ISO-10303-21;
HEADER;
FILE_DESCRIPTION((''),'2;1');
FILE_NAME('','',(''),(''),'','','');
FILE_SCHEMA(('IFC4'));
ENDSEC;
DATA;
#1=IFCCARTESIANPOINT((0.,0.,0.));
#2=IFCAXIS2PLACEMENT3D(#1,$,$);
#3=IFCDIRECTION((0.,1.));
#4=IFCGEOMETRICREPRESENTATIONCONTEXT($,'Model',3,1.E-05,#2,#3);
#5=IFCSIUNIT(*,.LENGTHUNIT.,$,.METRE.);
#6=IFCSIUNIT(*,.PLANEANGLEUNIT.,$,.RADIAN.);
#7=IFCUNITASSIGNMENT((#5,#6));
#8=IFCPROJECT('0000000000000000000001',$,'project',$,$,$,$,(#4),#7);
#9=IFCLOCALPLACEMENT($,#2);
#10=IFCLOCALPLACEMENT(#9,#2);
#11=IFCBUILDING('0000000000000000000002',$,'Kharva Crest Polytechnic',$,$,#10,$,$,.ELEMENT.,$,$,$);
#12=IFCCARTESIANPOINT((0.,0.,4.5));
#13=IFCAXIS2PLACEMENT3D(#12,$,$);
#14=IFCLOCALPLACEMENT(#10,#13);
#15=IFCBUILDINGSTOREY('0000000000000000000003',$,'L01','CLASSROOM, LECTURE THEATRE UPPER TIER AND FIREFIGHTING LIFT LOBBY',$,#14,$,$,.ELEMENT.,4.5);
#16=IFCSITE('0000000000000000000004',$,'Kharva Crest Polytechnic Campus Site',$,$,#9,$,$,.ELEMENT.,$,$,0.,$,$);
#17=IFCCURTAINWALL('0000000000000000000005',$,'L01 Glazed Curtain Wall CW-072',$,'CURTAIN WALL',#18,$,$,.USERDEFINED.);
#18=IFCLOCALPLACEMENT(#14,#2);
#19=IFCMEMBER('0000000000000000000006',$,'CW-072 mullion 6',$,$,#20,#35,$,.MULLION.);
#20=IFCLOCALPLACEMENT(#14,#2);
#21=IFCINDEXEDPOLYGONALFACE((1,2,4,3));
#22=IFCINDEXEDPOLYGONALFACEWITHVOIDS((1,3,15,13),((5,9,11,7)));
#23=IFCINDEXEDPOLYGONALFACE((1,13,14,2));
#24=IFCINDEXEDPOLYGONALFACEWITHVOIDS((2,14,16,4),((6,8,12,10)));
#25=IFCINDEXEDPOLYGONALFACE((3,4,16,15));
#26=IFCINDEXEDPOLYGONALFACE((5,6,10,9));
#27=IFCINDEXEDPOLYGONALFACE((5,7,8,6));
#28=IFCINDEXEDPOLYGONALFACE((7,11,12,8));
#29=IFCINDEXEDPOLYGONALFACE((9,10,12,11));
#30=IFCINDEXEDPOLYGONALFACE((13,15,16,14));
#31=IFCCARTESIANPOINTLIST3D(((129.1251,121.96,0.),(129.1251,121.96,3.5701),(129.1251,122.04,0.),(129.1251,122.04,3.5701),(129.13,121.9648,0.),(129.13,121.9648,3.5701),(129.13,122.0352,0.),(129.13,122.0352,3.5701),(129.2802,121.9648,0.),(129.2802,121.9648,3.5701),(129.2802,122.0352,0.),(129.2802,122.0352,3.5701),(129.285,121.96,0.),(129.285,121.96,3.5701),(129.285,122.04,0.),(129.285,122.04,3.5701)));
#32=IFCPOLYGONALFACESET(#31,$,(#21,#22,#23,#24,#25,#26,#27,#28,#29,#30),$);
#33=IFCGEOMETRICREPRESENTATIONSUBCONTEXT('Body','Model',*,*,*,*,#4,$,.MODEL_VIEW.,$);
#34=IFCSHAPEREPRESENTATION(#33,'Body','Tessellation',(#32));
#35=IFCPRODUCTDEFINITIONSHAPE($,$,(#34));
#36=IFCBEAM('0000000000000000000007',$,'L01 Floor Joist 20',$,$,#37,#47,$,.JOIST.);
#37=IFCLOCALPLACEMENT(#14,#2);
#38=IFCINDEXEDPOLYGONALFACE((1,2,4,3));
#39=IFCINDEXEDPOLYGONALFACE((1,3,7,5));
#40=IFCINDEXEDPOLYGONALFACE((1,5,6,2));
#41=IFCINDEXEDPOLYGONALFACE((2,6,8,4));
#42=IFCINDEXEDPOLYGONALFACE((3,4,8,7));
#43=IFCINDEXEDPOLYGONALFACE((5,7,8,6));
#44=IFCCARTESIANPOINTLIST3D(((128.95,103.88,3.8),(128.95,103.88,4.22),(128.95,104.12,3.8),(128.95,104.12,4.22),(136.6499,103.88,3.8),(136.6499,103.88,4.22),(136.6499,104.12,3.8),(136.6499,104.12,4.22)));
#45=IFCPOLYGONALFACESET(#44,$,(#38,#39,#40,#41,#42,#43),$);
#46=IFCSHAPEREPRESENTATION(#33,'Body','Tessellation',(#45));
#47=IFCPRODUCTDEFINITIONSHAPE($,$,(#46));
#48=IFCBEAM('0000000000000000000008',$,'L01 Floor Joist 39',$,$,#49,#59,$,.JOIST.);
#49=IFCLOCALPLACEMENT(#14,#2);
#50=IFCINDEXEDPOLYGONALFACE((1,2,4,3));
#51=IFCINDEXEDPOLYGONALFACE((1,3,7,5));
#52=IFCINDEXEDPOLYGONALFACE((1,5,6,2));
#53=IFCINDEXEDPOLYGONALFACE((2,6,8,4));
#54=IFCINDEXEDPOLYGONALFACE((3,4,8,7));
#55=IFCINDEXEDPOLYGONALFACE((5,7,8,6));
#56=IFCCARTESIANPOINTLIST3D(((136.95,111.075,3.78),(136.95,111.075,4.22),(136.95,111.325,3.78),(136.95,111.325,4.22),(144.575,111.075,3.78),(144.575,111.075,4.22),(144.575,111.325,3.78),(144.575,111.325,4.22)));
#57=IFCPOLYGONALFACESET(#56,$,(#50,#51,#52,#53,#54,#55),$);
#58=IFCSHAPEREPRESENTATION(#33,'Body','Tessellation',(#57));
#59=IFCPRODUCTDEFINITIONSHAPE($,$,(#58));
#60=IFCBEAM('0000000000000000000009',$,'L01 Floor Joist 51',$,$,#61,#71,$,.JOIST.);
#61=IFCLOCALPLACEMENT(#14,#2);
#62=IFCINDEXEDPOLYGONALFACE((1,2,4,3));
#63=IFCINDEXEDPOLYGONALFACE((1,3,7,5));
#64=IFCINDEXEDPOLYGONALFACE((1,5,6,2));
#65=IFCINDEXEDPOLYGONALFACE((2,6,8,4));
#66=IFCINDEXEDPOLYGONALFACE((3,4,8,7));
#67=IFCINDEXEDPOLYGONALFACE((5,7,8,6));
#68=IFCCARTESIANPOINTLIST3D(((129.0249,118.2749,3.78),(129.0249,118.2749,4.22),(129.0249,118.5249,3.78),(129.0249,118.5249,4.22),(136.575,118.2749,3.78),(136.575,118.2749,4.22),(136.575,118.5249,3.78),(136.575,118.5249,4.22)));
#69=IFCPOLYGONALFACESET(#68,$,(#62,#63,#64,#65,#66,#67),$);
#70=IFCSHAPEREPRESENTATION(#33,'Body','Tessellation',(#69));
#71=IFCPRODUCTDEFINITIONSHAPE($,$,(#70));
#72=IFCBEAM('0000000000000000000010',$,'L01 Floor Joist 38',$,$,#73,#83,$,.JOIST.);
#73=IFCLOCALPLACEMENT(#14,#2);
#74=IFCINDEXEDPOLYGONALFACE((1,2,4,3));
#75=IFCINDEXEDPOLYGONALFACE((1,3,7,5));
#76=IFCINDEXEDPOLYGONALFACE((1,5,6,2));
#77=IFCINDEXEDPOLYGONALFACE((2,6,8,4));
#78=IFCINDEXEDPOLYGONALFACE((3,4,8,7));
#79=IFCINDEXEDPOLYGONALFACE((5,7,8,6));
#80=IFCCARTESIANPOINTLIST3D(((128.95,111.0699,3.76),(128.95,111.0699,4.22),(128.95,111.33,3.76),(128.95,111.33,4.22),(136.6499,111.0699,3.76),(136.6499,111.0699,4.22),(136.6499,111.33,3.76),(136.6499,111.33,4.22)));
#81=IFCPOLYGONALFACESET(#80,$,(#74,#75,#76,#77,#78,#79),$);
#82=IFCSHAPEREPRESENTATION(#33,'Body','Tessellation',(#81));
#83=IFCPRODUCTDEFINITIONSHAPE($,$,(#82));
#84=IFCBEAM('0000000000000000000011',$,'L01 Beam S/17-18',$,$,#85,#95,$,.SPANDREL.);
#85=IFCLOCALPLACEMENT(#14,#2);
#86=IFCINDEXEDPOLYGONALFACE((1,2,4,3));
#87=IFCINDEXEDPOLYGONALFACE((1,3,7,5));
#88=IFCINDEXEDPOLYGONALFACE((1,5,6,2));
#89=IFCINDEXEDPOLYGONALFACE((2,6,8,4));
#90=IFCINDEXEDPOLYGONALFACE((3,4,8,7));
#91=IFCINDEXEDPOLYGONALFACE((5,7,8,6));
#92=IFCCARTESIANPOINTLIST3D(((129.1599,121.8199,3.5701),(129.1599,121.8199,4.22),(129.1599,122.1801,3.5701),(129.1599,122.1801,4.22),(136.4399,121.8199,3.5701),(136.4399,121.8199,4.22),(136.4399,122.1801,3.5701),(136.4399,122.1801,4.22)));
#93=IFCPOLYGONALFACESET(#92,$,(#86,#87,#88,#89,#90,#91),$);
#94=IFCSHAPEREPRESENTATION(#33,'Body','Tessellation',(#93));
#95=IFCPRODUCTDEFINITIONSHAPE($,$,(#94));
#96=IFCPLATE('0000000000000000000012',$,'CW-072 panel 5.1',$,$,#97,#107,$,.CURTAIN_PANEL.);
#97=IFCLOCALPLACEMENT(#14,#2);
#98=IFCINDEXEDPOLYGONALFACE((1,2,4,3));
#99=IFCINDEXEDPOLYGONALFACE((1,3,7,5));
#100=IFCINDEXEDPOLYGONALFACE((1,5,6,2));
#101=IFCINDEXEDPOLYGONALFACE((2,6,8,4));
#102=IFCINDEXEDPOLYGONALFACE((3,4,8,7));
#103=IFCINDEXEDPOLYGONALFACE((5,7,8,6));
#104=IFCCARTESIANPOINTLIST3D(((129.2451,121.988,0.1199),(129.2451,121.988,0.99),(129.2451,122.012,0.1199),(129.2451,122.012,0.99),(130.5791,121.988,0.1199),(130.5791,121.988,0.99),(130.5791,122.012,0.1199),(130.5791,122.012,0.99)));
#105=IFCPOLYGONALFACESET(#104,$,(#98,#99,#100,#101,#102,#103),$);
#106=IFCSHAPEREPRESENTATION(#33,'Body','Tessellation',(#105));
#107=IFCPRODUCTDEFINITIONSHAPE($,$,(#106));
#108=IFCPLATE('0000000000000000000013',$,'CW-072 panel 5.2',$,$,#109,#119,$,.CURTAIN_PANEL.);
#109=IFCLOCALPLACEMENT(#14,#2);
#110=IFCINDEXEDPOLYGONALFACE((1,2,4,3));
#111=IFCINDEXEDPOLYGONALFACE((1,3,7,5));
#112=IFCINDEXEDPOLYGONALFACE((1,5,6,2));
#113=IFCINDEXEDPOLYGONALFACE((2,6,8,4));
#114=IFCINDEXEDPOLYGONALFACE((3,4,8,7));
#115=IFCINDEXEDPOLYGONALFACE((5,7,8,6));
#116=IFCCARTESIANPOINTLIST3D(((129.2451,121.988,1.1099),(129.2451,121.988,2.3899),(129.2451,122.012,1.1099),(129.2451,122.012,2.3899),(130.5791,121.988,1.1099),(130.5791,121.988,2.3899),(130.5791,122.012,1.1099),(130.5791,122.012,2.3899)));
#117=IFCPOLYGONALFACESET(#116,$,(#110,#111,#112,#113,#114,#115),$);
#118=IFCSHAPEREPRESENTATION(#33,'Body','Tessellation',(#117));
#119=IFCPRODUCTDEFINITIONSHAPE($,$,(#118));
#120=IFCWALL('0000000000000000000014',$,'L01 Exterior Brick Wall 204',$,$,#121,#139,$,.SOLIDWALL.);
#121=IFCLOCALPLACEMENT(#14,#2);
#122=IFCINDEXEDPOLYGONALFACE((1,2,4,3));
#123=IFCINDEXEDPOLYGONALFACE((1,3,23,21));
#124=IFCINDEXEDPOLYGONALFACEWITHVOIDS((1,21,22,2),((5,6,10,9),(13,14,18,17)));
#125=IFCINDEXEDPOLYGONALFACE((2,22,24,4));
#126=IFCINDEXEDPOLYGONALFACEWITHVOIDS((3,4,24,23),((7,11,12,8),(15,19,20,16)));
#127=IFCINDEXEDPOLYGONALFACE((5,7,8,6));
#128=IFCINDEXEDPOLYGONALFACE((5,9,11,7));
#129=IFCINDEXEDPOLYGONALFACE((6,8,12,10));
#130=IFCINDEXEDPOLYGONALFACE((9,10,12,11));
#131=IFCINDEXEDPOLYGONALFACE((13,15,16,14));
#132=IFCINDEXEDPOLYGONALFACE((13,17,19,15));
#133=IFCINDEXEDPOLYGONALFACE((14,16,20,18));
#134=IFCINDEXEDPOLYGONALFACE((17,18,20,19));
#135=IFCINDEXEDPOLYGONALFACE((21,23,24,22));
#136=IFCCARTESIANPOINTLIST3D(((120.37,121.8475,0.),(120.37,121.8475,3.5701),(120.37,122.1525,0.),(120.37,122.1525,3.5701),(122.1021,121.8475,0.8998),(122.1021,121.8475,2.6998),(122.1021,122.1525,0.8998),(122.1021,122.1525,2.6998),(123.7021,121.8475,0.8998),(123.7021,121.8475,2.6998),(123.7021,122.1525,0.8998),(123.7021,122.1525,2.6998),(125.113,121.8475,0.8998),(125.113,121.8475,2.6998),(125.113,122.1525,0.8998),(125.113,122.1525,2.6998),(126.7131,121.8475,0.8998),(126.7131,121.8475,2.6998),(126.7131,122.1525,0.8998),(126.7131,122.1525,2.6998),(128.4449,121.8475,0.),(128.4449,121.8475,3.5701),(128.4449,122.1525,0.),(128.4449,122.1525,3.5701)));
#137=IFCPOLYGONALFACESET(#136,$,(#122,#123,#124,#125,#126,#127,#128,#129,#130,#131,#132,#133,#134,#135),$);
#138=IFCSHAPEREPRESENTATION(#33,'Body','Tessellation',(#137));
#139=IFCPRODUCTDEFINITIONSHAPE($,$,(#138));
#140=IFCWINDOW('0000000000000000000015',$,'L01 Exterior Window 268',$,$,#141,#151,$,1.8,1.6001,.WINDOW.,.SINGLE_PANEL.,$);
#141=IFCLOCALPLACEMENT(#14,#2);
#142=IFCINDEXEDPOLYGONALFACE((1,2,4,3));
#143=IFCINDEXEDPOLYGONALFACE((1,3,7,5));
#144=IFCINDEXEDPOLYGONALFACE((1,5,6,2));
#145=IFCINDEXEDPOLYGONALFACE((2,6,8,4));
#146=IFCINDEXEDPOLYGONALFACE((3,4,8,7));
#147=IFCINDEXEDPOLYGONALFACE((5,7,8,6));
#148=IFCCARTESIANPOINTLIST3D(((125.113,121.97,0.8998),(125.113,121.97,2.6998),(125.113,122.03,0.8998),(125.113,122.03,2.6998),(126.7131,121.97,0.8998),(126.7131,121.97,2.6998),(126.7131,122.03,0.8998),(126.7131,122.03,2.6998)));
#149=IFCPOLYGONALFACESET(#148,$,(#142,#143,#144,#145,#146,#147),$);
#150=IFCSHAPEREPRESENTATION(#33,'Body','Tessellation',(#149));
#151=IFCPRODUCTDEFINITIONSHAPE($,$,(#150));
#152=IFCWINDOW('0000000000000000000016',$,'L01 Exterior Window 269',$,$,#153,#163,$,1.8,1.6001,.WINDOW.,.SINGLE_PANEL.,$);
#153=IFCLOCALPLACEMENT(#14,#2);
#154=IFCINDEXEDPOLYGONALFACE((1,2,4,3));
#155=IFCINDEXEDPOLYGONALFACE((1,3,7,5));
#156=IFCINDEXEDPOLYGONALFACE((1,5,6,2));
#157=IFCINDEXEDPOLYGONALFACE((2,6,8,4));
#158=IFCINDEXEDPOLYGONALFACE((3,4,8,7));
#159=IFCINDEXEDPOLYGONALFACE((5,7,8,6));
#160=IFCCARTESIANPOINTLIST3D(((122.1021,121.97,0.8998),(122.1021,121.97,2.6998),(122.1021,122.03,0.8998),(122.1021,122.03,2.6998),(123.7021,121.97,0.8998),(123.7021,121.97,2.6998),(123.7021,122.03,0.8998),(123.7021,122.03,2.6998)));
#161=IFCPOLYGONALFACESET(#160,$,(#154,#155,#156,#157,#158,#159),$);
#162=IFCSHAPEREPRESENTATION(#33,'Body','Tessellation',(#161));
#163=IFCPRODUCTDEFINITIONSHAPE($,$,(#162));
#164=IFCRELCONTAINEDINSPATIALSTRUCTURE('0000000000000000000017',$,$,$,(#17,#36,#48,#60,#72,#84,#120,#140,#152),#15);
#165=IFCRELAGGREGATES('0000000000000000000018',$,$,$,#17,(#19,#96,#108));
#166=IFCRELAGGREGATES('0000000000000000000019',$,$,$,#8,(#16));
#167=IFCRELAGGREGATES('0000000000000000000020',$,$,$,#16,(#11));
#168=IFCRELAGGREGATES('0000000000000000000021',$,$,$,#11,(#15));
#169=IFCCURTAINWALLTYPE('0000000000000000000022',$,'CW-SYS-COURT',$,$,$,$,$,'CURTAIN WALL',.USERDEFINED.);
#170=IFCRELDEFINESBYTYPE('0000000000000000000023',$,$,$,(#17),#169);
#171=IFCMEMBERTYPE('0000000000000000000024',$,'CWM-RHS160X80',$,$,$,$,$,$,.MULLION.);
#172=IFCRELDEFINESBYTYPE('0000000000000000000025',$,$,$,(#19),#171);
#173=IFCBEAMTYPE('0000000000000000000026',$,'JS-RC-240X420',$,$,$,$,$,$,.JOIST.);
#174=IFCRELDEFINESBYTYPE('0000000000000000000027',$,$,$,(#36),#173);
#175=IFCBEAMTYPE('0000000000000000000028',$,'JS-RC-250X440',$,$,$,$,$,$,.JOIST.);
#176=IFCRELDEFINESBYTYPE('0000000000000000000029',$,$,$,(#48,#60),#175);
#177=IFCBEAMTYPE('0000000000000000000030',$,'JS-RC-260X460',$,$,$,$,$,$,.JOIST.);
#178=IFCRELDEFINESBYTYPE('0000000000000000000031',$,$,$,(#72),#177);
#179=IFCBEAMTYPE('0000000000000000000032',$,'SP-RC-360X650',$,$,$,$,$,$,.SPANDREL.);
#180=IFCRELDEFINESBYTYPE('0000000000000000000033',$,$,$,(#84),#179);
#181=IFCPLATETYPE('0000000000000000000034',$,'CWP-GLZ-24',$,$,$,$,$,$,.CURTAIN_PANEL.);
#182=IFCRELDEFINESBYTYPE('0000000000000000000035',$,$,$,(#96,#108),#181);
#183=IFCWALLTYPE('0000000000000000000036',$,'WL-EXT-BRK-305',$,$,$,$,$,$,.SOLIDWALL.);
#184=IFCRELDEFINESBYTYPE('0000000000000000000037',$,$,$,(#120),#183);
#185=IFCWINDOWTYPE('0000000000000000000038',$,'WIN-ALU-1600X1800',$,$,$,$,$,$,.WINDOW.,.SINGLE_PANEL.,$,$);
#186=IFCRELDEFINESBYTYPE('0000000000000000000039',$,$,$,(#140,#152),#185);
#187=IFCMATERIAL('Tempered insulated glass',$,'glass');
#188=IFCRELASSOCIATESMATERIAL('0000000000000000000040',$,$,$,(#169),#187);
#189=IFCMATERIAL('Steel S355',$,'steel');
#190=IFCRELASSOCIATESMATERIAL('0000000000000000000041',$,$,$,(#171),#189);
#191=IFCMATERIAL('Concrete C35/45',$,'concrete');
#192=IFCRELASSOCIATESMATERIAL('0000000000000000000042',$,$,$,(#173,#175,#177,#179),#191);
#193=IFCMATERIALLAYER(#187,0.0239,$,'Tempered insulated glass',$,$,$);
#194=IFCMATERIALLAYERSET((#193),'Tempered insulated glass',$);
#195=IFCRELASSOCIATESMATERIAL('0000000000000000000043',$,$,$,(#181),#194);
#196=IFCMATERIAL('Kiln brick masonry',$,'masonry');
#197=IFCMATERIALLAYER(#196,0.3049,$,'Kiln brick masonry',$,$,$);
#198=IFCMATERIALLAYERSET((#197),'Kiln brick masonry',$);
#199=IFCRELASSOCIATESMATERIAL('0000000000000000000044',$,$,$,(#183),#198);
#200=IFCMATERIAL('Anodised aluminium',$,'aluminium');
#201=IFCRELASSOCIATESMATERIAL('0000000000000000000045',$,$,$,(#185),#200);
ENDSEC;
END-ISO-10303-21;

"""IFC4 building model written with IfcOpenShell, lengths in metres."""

from ifc_helpers import new_model, si_unit, direction, frame, frame_2d, origin, origin_2d, place, context, subcontext, project, spatial, rectangle, hollow_rectangle, extrude, material, layer, layer_set, material_profile, profile_set, type_object, element, fill, aggregate, save


model = new_model("IFC4")

# Units and contexts
model_context = context("Model", 3, precision=1e-05, world=origin(), true_north=direction((0.0, 1.0)))
body_context = subcontext(model_context, "Body", "Model", "MODEL_VIEW")
ifc_project = project(units=[si_unit("LENGTHUNIT", "METRE"), si_unit("PLANEANGLEUNIT", "RADIAN")], contexts=[model_context])

# Site, building, storey
site_placement = place(None, origin())
site = spatial("IfcSite", under=ifc_project, at=site_placement, Name="Kharva Crest Polytechnic Campus Site", CompositionType="ELEMENT", RefElevation=0.0)
building_placement = place(site_placement, origin())
building = spatial("IfcBuilding", under=site, at=building_placement, Name="Kharva Crest Polytechnic", CompositionType="ELEMENT")
storey_placement = place(building_placement, frame((0.0, 0.0, 4.5)))
storey = spatial("IfcBuildingStorey", under=building, at=storey_placement, Name="L01", Description="CLASSROOM, LECTURE THEATRE UPPER TIER AND FIREFIGHTING LIFT LOBBY", CompositionType="ELEMENT", Elevation=4.5)

# Shared definitions
ifc_material_1 = material(Name="Concrete C35/45", Category="concrete")

# Curtain wall, member
ifc_material_2 = material(Name="Tempered insulated glass", Category="glass")
curtain_wall_type = type_object("IfcCurtainWallType", Name="CW-SYS-COURT", ElementType="CURTAIN WALL", PredefinedType="USERDEFINED", material=ifc_material_2)
curtain_wall_placement = place(storey_placement, origin())
curtain_wall = element("IfcCurtainWall", 1, at=curtain_wall_placement, inside=storey, type_object=curtain_wall_type, Name="L01 Glazed Curtain Wall CW-072", ObjectType="CURTAIN WALL", PredefinedType="USERDEFINED")
ifc_material_3 = material(Name="Steel S355", Category="steel")
ifc_material_profile_1 = material_profile(ifc_material_3, hollow_rectangle(XDim=0.0801, YDim=0.1599, WallThickness=0.0049, at=origin_2d()), Name="RHS 160X80X5.0")
ifc_profile_set_1 = profile_set([ifc_material_profile_1], Name="Steel S355")
member_type = type_object("IfcMemberType", Name="CWM-RHS160X80", PredefinedType="MULLION", material=ifc_profile_set_1)
member_placement = place(storey_placement, frame((129.2051, 122.0, 0.0), z_axis=(0.0, 0.0, 1.0), x_axis=(0.0, -1.0, 0.0)))
member = element("IfcMember", 2, at=member_placement, type_object=member_type, Name="CW-072 mullion 6", PredefinedType="MULLION", context=body_context, shape_type="SweptSolid", body=[
    extrude(hollow_rectangle(XDim=0.0801, YDim=0.1599, WallThickness=0.0049, at=origin_2d()), origin(), (0.0, 0.0, 1.0), 3.5701),
])

# Beams
ifc_material_profile_2 = material_profile(ifc_material_1, rectangle(XDim=0.24, YDim=0.4199, at=origin_2d()), Name="RECT 240 X 420")
ifc_profile_set_2 = profile_set([ifc_material_profile_2], Name="Concrete C35/45")
beam_type_1 = type_object("IfcBeamType", Name="JS-RC-240X420", PredefinedType="JOIST", material=ifc_profile_set_2)
beam_1_placement = place(storey_placement, frame((128.95, 104.0, 4.01), z_axis=(1.0, 0.0, 0.0), x_axis=(0.0, 1.0, 0.0)))
element("IfcBeam", 3, at=beam_1_placement, inside=storey, type_object=beam_type_1, Name="L01 Floor Joist 20", PredefinedType="JOIST", context=body_context, shape_type="SweptSolid", body=[
    extrude(rectangle(XDim=0.24, YDim=0.4199, at=origin_2d()), origin(), (0.0, 0.0, 1.0), 7.7),
])
ifc_material_profile_3 = material_profile(ifc_material_1, rectangle(XDim=0.25, YDim=0.4399, at=origin_2d()), Name="RECT 250 X 440")
ifc_profile_set_3 = profile_set([ifc_material_profile_3], Name="Concrete C35/45")
beam_type_2 = type_object("IfcBeamType", Name="JS-RC-250X440", PredefinedType="JOIST", material=ifc_profile_set_3)
beam_2_placement = place(storey_placement, frame((136.95, 111.2, 4.0), z_axis=(1.0, 0.0, 0.0), x_axis=(0.0, 1.0, 0.0)))
element("IfcBeam", 4, at=beam_2_placement, inside=storey, type_object=beam_type_2, Name="L01 Floor Joist 39", PredefinedType="JOIST", context=body_context, shape_type="SweptSolid", body=[
    extrude(rectangle(XDim=0.25, YDim=0.4399, at=origin_2d()), origin(), (0.0, 0.0, 1.0), 7.625),
])
beam_3_placement = place(storey_placement, frame((129.0249, 118.3999, 4.0), z_axis=(1.0, 0.0, 0.0), x_axis=(0.0, 1.0, 0.0)))
element("IfcBeam", 5, at=beam_3_placement, inside=storey, type_object=beam_type_2, Name="L01 Floor Joist 51", PredefinedType="JOIST", context=body_context, shape_type="SweptSolid", body=[
    extrude(rectangle(XDim=0.25, YDim=0.4399, at=origin_2d()), origin(), (0.0, 0.0, 1.0), 7.55),
])
ifc_material_profile_4 = material_profile(ifc_material_1, rectangle(XDim=0.26, YDim=0.46, at=origin_2d()), Name="RECT 260 X 460")
ifc_profile_set_4 = profile_set([ifc_material_profile_4], Name="Concrete C35/45")
beam_type_3 = type_object("IfcBeamType", Name="JS-RC-260X460", PredefinedType="JOIST", material=ifc_profile_set_4)
beam_4_placement = place(storey_placement, frame((128.95, 111.2, 3.99), z_axis=(1.0, 0.0, 0.0), x_axis=(0.0, 1.0, 0.0)))
element("IfcBeam", 6, at=beam_4_placement, inside=storey, type_object=beam_type_3, Name="L01 Floor Joist 38", PredefinedType="JOIST", context=body_context, shape_type="SweptSolid", body=[
    extrude(rectangle(XDim=0.26, YDim=0.46, at=origin_2d()), origin(), (0.0, 0.0, 1.0), 7.7),
])
ifc_material_profile_5 = material_profile(ifc_material_1, rectangle(XDim=0.3601, YDim=0.6499, at=origin_2d()), Name="RECT 360 X 650")
ifc_profile_set_5 = profile_set([ifc_material_profile_5], Name="Concrete C35/45")
beam_type_4 = type_object("IfcBeamType", Name="SP-RC-360X650", PredefinedType="SPANDREL", material=ifc_profile_set_5)
beam_5_placement = place(storey_placement, frame((129.1599, 122.0, 3.895), z_axis=(1.0, 0.0, 0.0), x_axis=(0.0, 1.0, 0.0)))
element("IfcBeam", 7, at=beam_5_placement, inside=storey, type_object=beam_type_4, Name="L01 Beam S/17-18", PredefinedType="SPANDREL", context=body_context, shape_type="SweptSolid", body=[
    extrude(rectangle(XDim=0.3601, YDim=0.6499, at=origin_2d()), origin(), (0.0, 0.0, 1.0), 7.28),
])

# Plates
ifc_layer_1 = layer(ifc_material_2, 0.0239, Name="Tempered insulated glass")
ifc_layer_set_1 = layer_set([ifc_layer_1], Name="Tempered insulated glass")
plate_type = type_object("IfcPlateType", Name="CWP-GLZ-24", PredefinedType="CURTAIN_PANEL", material=ifc_layer_set_1)
plate_1_placement = place(storey_placement, frame((129.9121, 122.0, 0.1199), z_axis=(0.0, 0.0, 1.0), x_axis=(-1.0, 0.0, 0.0)))
plate_1 = element("IfcPlate", 8, at=plate_1_placement, type_object=plate_type, Name="CW-072 panel 5.1", PredefinedType="CURTAIN_PANEL", context=body_context, shape_type="SweptSolid", body=[
    extrude(rectangle(XDim=1.334, YDim=0.0239, at=origin_2d()), origin(), (0.0, 0.0, 1.0), 0.8701),
])
plate_2_placement = place(storey_placement, frame((129.9121, 122.0, 1.1099), z_axis=(0.0, 0.0, 1.0), x_axis=(-1.0, 0.0, 0.0)))
plate_2 = element("IfcPlate", 9, at=plate_2_placement, type_object=plate_type, Name="CW-072 panel 5.2", PredefinedType="CURTAIN_PANEL", context=body_context, shape_type="SweptSolid", body=[
    extrude(rectangle(XDim=1.334, YDim=0.0239, at=origin_2d()), origin(), (0.0, 0.0, 1.0), 1.28),
])
aggregate(curtain_wall, [member, plate_1, plate_2])

# Wall, openings, windows
ifc_material_4 = material(Name="Kiln brick masonry", Category="masonry")
ifc_layer_2 = layer(ifc_material_4, 0.3049, Name="Kiln brick masonry")
ifc_layer_set_2 = layer_set([ifc_layer_2], Name="Kiln brick masonry")
wall_type_1 = type_object("IfcWallType", Name="WL-EXT-BRK-305", PredefinedType="SOLIDWALL", material=ifc_layer_set_2)
wall_1_placement = place(storey_placement, frame((128.4451, 122.0, 0.0), z_axis=(0.0, 0.0, 1.0), x_axis=(-1.0, 0.0, 0.0)))
wall_1 = element("IfcWall", 10, at=wall_1_placement, inside=storey, type_object=wall_type_1, Name="L01 Exterior Brick Wall 204", PredefinedType="SOLIDWALL", context=body_context, shape_type="SweptSolid", body=[
    extrude(rectangle(XDim=8.075, YDim=0.3049, at=frame_2d((4.0376, 0.0))), origin(), (0.0, 0.0, 1.0), 3.5701),
])
opening_1_placement = place(wall_1_placement, frame((1.7319, 0.0, 0.8999)))
opening_1 = element("IfcOpeningElement", 11, at=opening_1_placement, cuts=wall_1, PredefinedType="OPENING", context=body_context, shape_type="SweptSolid", body=[
    extrude(rectangle(XDim=1.6001, YDim=1.8, at=frame_2d((0.8, 0.8999))), frame((0.0, 0.1624, 0.0), z_axis=(0.0, -1.0, 0.0), x_axis=(1.0, 0.0, 0.0)), (0.0, 0.0, 1.0), 0.325),
])
opening_2_placement = place(wall_1_placement, frame((4.7429, 0.0, 0.8999)))
opening_2 = element("IfcOpeningElement", 12, at=opening_2_placement, cuts=wall_1, PredefinedType="OPENING", context=body_context, shape_type="SweptSolid", body=[
    extrude(rectangle(XDim=1.6001, YDim=1.8, at=frame_2d((0.8, 0.8999))), frame((0.0, 0.1624, 0.0), z_axis=(0.0, -1.0, 0.0), x_axis=(1.0, 0.0, 0.0)), (0.0, 0.0, 1.0), 0.325),
])
ifc_material_5 = material(Name="Anodised aluminium", Category="aluminium")
window_type = type_object("IfcWindowType", Name="WIN-ALU-1600X1800", PartitioningType="SINGLE_PANEL", PredefinedType="WINDOW", material=ifc_material_5)
window_1_placement = place(opening_1_placement, origin())
window_1 = element("IfcWindow", 13, at=window_1_placement, inside=storey, type_object=window_type, Name="L01 Exterior Window 268", OverallHeight=1.8, OverallWidth=1.6001, PartitioningType="SINGLE_PANEL", PredefinedType="WINDOW", context=body_context, shape_type="SweptSolid", body=[
    extrude(rectangle(XDim=1.6001, YDim=1.8, at=frame_2d((0.8, 0.8999))), frame((0.0, 0.03, 0.0), z_axis=(0.0, -1.0, 0.0), x_axis=(1.0, 0.0, 0.0)), (0.0, 0.0, 1.0), 0.0601),
])
fill(opening_1, window_1)
window_2_placement = place(opening_2_placement, origin())
window_2 = element("IfcWindow", 14, at=window_2_placement, inside=storey, type_object=window_type, Name="L01 Exterior Window 269", OverallHeight=1.8, OverallWidth=1.6001, PartitioningType="SINGLE_PANEL", PredefinedType="WINDOW", context=body_context, shape_type="SweptSolid", body=[
    extrude(rectangle(XDim=1.6001, YDim=1.8, at=frame_2d((0.8, 0.8999))), frame((0.0, 0.03, 0.0), z_axis=(0.0, -1.0, 0.0), x_axis=(1.0, 0.0, 0.0)), (0.0, 0.0, 1.0), 0.0601),
])
fill(opening_2, window_2)

save(model, "model.ifc")
